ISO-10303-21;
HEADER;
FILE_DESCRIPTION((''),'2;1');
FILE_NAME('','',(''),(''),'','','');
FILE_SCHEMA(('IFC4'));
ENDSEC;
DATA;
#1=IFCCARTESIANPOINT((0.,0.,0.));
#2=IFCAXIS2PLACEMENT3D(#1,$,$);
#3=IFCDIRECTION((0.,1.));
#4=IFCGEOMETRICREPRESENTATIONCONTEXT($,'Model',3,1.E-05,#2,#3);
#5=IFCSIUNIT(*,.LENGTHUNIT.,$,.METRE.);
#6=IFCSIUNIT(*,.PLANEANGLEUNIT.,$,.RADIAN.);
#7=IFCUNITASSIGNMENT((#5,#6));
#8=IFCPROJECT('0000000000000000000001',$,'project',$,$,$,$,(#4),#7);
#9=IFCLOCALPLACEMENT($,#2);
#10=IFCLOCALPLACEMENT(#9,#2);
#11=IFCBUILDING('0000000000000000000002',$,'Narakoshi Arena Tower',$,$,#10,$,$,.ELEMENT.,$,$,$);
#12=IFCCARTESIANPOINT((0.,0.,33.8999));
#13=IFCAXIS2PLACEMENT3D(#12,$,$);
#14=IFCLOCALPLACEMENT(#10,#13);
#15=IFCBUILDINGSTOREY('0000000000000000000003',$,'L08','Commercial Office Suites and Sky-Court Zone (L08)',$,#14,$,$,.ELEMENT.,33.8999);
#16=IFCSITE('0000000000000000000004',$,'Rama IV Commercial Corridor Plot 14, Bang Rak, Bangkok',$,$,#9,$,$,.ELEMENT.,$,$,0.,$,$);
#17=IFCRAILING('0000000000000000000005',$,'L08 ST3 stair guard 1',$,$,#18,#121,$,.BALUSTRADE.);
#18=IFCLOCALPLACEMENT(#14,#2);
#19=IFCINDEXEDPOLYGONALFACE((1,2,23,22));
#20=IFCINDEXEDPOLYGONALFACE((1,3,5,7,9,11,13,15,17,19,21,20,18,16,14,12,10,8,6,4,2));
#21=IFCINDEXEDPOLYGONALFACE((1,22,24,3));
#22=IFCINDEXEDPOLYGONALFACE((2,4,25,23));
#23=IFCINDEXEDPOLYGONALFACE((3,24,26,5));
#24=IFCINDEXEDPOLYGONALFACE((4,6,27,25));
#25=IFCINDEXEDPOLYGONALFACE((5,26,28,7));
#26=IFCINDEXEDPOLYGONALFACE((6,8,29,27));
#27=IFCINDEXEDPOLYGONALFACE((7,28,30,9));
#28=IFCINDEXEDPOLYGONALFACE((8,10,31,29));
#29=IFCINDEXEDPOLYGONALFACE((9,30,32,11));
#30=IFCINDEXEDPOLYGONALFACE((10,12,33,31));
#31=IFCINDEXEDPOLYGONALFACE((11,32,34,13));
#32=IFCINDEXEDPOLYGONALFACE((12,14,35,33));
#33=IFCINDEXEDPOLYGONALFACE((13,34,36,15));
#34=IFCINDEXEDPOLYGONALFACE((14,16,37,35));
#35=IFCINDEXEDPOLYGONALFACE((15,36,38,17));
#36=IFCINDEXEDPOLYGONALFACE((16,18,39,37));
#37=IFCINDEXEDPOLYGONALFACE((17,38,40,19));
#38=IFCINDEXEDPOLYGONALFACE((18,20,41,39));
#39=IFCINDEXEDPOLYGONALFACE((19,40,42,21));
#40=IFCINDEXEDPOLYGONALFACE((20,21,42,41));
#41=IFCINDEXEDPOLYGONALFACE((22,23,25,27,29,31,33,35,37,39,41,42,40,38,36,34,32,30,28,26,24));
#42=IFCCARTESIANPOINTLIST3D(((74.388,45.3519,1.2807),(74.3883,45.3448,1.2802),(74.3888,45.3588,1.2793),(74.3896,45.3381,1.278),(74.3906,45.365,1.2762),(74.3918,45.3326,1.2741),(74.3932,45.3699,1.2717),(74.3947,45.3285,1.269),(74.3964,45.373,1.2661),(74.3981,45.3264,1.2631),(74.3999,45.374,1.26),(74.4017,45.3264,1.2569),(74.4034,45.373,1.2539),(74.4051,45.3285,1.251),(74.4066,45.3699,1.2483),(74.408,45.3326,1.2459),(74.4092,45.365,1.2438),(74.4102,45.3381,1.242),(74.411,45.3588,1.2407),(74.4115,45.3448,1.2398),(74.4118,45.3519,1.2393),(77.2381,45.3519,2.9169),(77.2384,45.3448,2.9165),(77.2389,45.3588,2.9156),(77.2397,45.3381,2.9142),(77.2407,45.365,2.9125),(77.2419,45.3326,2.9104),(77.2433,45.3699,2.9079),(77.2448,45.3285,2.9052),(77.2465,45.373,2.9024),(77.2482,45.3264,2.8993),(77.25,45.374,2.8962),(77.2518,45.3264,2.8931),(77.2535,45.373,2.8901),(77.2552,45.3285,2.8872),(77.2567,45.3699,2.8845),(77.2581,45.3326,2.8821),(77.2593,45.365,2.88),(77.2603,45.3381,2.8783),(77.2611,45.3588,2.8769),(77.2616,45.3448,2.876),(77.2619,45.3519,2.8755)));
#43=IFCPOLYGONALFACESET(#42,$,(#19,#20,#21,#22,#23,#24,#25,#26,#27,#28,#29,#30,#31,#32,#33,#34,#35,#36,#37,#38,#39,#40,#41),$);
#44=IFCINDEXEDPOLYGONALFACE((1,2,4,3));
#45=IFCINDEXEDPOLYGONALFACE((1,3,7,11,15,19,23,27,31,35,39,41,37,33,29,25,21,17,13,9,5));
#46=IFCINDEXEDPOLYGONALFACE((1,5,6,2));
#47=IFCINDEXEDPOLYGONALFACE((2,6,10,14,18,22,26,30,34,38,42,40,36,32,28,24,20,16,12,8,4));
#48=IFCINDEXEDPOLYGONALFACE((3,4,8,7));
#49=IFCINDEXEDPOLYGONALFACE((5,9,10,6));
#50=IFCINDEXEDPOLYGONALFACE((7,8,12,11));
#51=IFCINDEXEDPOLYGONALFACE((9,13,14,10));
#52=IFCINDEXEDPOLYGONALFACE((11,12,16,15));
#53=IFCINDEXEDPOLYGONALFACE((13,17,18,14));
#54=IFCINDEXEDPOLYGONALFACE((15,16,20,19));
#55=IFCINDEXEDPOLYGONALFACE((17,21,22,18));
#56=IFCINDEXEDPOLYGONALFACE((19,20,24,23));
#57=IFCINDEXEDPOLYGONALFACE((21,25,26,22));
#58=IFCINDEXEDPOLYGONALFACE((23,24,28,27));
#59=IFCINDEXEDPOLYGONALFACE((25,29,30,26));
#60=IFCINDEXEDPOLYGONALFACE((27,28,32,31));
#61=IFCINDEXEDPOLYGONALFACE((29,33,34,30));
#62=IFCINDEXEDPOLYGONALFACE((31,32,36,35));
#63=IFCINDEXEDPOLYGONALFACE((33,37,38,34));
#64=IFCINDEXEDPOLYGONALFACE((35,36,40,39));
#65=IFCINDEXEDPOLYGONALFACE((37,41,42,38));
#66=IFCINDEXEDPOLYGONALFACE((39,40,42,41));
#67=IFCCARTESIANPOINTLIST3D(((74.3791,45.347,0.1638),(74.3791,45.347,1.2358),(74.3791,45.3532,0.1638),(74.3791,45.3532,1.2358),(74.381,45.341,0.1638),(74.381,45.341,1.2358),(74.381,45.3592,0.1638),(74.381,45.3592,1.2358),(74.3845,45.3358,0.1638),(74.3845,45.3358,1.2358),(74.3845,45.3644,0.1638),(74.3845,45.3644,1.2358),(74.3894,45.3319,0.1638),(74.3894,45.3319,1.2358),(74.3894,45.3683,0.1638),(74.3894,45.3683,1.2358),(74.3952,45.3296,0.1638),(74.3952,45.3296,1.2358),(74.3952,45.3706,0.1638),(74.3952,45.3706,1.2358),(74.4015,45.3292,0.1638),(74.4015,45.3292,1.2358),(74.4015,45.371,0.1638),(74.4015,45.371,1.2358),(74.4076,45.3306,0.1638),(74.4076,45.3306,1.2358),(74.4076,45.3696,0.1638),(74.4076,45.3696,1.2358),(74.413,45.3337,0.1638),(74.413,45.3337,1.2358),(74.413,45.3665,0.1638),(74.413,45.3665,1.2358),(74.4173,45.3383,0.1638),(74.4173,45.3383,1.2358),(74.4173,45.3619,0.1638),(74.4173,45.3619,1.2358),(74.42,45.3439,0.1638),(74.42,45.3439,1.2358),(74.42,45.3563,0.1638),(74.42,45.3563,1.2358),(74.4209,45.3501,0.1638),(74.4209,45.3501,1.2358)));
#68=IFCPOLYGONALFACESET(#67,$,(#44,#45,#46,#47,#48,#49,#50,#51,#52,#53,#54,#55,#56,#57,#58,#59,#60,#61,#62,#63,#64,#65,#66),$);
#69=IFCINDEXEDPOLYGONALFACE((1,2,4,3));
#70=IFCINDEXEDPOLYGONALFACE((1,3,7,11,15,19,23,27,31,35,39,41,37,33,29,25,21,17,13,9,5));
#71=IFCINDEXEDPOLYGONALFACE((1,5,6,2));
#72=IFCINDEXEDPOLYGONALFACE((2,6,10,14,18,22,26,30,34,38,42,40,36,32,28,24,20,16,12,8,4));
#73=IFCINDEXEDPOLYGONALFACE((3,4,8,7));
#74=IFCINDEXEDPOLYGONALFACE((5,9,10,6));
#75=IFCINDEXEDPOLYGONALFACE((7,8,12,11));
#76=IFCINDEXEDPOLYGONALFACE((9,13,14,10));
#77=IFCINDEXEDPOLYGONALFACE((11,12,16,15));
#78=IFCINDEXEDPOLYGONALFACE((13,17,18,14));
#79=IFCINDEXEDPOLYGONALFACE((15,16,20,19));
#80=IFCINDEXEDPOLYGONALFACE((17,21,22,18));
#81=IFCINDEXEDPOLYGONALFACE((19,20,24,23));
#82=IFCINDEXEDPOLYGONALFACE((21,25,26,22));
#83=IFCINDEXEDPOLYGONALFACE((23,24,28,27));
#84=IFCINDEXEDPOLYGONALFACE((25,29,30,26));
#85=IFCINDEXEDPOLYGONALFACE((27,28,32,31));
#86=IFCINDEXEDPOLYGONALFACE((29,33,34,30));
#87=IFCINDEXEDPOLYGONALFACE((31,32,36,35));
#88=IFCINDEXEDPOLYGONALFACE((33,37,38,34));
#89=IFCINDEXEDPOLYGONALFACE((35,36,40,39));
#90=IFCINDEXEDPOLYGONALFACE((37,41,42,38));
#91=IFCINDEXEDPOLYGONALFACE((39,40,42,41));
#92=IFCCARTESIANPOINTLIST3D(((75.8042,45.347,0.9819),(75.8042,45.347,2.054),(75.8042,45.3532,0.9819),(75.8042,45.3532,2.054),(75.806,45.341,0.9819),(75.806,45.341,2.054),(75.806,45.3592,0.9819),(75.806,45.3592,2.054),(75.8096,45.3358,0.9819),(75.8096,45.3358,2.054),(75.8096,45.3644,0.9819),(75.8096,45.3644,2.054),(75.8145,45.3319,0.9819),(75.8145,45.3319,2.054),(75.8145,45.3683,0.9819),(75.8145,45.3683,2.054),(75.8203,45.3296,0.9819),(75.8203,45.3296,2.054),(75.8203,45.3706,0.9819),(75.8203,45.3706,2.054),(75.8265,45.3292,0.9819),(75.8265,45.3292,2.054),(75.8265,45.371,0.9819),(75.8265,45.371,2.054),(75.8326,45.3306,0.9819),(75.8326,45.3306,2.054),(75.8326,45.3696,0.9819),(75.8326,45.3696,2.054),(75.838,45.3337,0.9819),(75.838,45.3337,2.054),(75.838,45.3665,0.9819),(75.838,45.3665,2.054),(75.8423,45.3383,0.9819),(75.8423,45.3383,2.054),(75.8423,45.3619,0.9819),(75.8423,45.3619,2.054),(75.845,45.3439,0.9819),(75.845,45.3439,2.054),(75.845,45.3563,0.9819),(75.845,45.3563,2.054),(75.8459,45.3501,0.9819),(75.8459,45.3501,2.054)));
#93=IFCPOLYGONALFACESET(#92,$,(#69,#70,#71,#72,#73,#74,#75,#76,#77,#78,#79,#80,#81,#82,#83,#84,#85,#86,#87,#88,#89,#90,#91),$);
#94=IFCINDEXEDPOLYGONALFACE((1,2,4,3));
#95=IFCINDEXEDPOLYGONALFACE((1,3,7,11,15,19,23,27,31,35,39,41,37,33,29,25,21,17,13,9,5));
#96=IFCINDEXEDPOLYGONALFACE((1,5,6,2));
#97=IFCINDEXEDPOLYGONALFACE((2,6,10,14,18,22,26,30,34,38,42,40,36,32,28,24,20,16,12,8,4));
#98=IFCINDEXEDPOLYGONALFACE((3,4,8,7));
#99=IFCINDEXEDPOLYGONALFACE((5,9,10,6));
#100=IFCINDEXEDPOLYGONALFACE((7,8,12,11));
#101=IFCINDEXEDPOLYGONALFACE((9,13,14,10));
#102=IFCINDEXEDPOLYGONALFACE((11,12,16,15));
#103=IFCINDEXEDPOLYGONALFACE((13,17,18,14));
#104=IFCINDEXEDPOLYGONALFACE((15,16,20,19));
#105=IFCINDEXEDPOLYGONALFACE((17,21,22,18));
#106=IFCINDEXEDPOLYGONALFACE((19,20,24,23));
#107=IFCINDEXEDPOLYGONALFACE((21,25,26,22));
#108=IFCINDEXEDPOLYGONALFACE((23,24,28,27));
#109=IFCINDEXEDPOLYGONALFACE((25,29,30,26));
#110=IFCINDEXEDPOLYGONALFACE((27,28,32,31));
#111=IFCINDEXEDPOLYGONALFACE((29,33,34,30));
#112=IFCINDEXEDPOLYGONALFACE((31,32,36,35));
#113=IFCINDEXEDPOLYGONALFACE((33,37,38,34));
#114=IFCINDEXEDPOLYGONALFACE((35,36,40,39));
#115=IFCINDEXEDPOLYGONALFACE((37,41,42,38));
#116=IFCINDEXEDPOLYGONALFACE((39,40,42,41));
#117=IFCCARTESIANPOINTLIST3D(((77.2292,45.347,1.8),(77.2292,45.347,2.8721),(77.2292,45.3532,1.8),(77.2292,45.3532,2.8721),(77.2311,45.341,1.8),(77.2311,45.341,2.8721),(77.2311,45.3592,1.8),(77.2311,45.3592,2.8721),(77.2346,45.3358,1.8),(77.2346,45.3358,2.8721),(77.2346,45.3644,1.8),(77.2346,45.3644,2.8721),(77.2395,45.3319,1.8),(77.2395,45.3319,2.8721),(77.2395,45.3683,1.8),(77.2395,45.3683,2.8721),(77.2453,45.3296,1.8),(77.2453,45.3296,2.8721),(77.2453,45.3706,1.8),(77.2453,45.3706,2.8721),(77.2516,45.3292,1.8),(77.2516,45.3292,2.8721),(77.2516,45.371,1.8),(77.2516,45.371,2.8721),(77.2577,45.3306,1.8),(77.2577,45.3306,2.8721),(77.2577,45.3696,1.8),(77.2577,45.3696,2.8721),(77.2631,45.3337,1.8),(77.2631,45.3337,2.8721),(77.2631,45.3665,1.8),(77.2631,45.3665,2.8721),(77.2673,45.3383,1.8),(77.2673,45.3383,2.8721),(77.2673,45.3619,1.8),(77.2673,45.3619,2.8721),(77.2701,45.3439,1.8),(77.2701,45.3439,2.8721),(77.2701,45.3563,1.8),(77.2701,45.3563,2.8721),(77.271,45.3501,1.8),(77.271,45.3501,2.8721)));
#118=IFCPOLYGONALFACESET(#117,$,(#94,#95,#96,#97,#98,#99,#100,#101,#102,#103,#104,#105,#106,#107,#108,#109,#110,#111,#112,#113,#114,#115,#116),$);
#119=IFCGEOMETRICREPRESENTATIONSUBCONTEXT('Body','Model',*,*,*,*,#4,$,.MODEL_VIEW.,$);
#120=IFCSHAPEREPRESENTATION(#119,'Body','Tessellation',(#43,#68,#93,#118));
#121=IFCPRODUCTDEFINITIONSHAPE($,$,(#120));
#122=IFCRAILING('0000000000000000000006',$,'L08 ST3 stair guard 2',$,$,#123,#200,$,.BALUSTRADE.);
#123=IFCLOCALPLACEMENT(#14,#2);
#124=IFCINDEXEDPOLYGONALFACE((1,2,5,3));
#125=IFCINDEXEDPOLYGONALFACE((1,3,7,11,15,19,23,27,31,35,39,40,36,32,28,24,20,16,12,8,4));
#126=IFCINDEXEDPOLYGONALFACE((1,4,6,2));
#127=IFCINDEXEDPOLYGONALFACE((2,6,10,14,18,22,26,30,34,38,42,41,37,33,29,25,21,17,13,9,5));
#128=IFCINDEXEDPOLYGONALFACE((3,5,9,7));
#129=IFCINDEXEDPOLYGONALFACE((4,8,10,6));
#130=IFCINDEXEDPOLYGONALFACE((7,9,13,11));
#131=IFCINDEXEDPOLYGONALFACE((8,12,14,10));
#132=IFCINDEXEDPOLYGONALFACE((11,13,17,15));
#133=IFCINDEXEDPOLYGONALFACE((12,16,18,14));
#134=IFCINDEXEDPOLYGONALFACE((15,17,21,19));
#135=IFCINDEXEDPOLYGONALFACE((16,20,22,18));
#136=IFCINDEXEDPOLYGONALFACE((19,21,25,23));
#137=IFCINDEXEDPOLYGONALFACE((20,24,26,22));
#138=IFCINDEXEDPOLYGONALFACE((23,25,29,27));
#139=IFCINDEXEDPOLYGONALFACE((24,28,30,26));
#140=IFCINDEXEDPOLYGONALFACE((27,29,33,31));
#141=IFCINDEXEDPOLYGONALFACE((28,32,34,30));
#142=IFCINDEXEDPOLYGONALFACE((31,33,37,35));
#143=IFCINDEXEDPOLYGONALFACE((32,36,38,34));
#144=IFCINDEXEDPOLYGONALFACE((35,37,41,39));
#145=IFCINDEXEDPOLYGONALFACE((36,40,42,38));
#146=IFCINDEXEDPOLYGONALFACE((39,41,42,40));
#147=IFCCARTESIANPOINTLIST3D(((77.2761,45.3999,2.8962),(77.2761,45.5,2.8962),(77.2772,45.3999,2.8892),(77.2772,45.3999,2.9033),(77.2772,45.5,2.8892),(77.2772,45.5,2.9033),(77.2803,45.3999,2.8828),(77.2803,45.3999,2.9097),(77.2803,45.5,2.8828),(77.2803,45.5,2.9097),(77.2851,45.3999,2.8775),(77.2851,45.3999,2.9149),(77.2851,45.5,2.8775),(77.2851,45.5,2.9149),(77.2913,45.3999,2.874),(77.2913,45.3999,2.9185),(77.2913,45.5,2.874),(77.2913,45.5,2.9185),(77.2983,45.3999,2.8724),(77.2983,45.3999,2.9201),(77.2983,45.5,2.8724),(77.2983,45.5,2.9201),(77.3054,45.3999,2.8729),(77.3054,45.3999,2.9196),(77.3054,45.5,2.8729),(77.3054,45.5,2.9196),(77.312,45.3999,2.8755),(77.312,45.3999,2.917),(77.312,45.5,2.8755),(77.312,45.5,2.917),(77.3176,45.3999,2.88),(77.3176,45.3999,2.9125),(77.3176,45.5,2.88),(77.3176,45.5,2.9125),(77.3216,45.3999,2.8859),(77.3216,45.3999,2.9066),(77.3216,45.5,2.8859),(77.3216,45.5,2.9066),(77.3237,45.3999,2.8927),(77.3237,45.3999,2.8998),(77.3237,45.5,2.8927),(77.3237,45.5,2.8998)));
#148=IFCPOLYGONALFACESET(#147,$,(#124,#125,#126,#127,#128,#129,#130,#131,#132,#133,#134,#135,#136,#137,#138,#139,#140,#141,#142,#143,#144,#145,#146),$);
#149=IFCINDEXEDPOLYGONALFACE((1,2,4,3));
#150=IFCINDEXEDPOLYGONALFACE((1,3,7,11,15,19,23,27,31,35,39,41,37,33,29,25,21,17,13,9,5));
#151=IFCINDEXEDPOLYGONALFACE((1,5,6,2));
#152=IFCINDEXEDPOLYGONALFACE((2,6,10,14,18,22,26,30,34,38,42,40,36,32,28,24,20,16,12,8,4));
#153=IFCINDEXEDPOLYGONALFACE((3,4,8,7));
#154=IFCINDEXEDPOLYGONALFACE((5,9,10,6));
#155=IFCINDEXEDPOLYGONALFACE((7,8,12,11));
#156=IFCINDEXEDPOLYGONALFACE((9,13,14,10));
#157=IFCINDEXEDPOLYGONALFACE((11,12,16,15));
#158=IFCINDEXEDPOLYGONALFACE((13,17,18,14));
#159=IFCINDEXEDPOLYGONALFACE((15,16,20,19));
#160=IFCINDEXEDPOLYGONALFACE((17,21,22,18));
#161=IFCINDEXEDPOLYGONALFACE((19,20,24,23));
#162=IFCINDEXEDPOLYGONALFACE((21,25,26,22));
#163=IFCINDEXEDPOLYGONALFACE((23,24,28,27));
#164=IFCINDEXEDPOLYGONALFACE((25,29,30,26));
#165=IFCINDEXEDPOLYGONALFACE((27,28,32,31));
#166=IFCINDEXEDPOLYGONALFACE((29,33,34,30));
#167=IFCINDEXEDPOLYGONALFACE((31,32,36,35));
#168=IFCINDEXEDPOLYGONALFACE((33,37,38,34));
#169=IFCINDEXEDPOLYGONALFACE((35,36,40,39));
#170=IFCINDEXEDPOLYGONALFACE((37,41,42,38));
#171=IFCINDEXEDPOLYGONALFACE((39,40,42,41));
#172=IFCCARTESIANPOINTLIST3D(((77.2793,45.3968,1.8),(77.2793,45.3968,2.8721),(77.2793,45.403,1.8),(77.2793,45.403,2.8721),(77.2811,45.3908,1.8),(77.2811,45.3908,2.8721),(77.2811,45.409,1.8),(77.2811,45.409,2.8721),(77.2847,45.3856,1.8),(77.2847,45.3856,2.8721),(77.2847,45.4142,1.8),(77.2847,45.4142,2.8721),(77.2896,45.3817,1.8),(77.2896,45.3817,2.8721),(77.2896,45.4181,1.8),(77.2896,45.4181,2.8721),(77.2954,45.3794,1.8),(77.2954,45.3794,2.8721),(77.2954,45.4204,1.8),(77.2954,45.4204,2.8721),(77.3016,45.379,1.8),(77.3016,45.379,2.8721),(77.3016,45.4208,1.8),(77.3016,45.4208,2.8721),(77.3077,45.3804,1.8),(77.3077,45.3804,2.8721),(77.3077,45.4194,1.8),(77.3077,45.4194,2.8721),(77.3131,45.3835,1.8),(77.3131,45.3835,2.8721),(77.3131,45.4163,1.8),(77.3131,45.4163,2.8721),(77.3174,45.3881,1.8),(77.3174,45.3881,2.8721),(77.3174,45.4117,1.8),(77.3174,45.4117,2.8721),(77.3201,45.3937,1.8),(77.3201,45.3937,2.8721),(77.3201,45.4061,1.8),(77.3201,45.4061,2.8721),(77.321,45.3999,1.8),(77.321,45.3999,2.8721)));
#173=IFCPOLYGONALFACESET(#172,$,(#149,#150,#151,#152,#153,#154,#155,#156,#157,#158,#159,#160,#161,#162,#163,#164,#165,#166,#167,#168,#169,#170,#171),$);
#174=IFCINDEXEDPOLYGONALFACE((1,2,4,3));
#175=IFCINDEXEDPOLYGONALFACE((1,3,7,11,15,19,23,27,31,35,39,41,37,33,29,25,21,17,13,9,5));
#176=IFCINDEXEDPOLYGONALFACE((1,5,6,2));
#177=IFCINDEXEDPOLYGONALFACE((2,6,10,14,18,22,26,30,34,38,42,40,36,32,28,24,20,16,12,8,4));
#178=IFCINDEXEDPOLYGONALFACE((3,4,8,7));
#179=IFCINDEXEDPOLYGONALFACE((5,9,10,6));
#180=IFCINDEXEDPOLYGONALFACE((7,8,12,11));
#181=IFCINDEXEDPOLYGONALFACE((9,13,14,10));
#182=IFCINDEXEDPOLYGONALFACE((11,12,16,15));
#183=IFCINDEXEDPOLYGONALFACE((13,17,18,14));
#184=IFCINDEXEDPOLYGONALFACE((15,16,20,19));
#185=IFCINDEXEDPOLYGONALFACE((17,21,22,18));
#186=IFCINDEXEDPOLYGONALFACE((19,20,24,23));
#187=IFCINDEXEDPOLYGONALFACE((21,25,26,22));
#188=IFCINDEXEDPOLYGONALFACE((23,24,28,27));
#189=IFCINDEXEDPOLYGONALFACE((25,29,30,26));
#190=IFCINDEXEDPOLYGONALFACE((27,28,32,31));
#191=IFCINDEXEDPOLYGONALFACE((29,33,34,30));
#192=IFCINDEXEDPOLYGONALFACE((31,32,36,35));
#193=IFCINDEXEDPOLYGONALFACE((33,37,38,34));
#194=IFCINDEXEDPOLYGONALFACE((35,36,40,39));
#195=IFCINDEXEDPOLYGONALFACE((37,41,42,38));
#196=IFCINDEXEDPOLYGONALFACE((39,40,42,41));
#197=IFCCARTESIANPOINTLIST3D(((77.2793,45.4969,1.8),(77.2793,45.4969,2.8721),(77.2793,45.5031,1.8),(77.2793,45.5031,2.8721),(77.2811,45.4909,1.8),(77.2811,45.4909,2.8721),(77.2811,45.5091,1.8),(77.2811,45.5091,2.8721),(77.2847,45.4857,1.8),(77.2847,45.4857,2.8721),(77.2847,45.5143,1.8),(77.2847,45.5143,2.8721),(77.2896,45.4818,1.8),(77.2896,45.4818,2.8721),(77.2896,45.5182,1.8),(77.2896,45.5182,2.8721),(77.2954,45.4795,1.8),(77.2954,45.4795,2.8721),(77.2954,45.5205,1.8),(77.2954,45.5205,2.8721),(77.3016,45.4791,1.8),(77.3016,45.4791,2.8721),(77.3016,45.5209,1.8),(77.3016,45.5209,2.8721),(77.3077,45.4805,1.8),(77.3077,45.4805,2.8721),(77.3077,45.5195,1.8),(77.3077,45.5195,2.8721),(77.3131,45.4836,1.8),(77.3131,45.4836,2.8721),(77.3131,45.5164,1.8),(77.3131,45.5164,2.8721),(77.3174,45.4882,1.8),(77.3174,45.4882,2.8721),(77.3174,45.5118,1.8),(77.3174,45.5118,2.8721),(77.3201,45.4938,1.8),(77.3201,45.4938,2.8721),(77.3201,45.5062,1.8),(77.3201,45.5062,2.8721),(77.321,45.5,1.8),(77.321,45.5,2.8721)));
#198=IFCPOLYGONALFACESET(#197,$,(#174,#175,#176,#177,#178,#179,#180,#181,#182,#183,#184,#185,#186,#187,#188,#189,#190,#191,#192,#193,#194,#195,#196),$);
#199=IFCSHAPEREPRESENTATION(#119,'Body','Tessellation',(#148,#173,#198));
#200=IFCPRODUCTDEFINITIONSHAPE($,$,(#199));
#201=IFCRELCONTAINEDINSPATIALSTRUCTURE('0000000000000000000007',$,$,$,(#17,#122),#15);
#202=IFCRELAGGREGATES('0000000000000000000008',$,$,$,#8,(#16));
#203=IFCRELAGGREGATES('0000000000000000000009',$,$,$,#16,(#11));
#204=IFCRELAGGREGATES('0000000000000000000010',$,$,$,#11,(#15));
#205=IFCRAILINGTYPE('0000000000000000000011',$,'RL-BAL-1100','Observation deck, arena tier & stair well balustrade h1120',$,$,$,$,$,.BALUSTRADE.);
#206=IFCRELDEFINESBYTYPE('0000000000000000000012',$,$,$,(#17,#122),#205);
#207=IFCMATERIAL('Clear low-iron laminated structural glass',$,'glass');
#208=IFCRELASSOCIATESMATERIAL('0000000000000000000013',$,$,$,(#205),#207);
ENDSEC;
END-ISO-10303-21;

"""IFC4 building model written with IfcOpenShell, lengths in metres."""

from ifc_helpers import new_model, si_unit, direction, frame, origin, origin_2d, place, context, subcontext, project, spatial, circle, extrude, material, type_object, element, save


model = new_model("IFC4")

# Units and contexts
model_context = context("Model", 3, precision=1e-05, world=origin(), true_north=direction((0.0, 1.0)))
body_context = subcontext(model_context, "Body", "Model", "MODEL_VIEW")
ifc_project = project(units=[si_unit("LENGTHUNIT", "METRE"), si_unit("PLANEANGLEUNIT", "RADIAN")], contexts=[model_context])

# Site, building, storey
site_placement = place(None, origin())
site = spatial("IfcSite", under=ifc_project, at=site_placement, Name="Rama IV Commercial Corridor Plot 14, Bang Rak, Bangkok", CompositionType="ELEMENT", RefElevation=0.0)
building_placement = place(site_placement, origin())
building = spatial("IfcBuilding", under=site, at=building_placement, Name="Narakoshi Arena Tower", CompositionType="ELEMENT")
storey_placement = place(building_placement, frame((0.0, 0.0, 33.8999)))
storey = spatial("IfcBuildingStorey", under=building, at=storey_placement, Name="L08", Description="Commercial Office Suites and Sky-Court Zone (L08)", CompositionType="ELEMENT", Elevation=33.8999)

# Railings
ifc_material_1 = material(Name="Clear low-iron laminated structural glass", Category="glass")
railing_type_1 = type_object("IfcRailingType", Name="RL-BAL-1100", Description="Observation deck, arena tier & stair well balustrade h1120", PredefinedType="BALUSTRADE", material=ifc_material_1)
railing_1_placement = place(storey_placement, frame((74.3999, 45.3501, 0.1638)))
element("IfcRailing", 1, at=railing_1_placement, inside=storey, type_object=railing_type_1, Name="L08 ST3 stair guard 1", PredefinedType="BALUSTRADE", context=body_context, shape_type="SweptSolid", body=[
    extrude(circle(Radius=0.0239, at=origin_2d()), frame((0.0, 0.0, 1.0962), z_axis=(0.867245, 0.0, 0.497882), x_axis=(0.0, 1.0, 0.0)), (0.0, 0.0, 1.0), 3.2864),
    extrude(circle(Radius=0.021, at=origin_2d()), origin(), (0.0, 0.0, 1.0), 1.072),
    extrude(circle(Radius=0.021, at=origin_2d()), frame((1.425, 0.0, 0.8181)), (0.0, 0.0, 1.0), 1.072),
    extrude(circle(Radius=0.021, at=origin_2d()), frame((2.8501, 0.0, 1.6362)), (0.0, 0.0, 1.0), 1.072),
])
railing_2_placement = place(storey_placement, frame((77.3, 45.3999, 1.8)))
element("IfcRailing", 2, at=railing_2_placement, inside=storey, type_object=railing_type_1, Name="L08 ST3 stair guard 2", PredefinedType="BALUSTRADE", context=body_context, shape_type="SweptSolid", body=[
    extrude(circle(Radius=0.0239, at=origin_2d()), frame((0.0, 0.0, 1.0962), z_axis=(0.0, 1.0, 0.0), x_axis=(-1.0, 0.0, 0.0)), (0.0, 0.0, 1.0), 0.1001),
    extrude(circle(Radius=0.021, at=origin_2d()), origin(), (0.0, 0.0, 1.0), 1.072),
    extrude(circle(Radius=0.021, at=origin_2d()), frame((0.0, 0.1001, 0.0)), (0.0, 0.0, 1.0), 1.072),
])

save(model, "model.ifc")
